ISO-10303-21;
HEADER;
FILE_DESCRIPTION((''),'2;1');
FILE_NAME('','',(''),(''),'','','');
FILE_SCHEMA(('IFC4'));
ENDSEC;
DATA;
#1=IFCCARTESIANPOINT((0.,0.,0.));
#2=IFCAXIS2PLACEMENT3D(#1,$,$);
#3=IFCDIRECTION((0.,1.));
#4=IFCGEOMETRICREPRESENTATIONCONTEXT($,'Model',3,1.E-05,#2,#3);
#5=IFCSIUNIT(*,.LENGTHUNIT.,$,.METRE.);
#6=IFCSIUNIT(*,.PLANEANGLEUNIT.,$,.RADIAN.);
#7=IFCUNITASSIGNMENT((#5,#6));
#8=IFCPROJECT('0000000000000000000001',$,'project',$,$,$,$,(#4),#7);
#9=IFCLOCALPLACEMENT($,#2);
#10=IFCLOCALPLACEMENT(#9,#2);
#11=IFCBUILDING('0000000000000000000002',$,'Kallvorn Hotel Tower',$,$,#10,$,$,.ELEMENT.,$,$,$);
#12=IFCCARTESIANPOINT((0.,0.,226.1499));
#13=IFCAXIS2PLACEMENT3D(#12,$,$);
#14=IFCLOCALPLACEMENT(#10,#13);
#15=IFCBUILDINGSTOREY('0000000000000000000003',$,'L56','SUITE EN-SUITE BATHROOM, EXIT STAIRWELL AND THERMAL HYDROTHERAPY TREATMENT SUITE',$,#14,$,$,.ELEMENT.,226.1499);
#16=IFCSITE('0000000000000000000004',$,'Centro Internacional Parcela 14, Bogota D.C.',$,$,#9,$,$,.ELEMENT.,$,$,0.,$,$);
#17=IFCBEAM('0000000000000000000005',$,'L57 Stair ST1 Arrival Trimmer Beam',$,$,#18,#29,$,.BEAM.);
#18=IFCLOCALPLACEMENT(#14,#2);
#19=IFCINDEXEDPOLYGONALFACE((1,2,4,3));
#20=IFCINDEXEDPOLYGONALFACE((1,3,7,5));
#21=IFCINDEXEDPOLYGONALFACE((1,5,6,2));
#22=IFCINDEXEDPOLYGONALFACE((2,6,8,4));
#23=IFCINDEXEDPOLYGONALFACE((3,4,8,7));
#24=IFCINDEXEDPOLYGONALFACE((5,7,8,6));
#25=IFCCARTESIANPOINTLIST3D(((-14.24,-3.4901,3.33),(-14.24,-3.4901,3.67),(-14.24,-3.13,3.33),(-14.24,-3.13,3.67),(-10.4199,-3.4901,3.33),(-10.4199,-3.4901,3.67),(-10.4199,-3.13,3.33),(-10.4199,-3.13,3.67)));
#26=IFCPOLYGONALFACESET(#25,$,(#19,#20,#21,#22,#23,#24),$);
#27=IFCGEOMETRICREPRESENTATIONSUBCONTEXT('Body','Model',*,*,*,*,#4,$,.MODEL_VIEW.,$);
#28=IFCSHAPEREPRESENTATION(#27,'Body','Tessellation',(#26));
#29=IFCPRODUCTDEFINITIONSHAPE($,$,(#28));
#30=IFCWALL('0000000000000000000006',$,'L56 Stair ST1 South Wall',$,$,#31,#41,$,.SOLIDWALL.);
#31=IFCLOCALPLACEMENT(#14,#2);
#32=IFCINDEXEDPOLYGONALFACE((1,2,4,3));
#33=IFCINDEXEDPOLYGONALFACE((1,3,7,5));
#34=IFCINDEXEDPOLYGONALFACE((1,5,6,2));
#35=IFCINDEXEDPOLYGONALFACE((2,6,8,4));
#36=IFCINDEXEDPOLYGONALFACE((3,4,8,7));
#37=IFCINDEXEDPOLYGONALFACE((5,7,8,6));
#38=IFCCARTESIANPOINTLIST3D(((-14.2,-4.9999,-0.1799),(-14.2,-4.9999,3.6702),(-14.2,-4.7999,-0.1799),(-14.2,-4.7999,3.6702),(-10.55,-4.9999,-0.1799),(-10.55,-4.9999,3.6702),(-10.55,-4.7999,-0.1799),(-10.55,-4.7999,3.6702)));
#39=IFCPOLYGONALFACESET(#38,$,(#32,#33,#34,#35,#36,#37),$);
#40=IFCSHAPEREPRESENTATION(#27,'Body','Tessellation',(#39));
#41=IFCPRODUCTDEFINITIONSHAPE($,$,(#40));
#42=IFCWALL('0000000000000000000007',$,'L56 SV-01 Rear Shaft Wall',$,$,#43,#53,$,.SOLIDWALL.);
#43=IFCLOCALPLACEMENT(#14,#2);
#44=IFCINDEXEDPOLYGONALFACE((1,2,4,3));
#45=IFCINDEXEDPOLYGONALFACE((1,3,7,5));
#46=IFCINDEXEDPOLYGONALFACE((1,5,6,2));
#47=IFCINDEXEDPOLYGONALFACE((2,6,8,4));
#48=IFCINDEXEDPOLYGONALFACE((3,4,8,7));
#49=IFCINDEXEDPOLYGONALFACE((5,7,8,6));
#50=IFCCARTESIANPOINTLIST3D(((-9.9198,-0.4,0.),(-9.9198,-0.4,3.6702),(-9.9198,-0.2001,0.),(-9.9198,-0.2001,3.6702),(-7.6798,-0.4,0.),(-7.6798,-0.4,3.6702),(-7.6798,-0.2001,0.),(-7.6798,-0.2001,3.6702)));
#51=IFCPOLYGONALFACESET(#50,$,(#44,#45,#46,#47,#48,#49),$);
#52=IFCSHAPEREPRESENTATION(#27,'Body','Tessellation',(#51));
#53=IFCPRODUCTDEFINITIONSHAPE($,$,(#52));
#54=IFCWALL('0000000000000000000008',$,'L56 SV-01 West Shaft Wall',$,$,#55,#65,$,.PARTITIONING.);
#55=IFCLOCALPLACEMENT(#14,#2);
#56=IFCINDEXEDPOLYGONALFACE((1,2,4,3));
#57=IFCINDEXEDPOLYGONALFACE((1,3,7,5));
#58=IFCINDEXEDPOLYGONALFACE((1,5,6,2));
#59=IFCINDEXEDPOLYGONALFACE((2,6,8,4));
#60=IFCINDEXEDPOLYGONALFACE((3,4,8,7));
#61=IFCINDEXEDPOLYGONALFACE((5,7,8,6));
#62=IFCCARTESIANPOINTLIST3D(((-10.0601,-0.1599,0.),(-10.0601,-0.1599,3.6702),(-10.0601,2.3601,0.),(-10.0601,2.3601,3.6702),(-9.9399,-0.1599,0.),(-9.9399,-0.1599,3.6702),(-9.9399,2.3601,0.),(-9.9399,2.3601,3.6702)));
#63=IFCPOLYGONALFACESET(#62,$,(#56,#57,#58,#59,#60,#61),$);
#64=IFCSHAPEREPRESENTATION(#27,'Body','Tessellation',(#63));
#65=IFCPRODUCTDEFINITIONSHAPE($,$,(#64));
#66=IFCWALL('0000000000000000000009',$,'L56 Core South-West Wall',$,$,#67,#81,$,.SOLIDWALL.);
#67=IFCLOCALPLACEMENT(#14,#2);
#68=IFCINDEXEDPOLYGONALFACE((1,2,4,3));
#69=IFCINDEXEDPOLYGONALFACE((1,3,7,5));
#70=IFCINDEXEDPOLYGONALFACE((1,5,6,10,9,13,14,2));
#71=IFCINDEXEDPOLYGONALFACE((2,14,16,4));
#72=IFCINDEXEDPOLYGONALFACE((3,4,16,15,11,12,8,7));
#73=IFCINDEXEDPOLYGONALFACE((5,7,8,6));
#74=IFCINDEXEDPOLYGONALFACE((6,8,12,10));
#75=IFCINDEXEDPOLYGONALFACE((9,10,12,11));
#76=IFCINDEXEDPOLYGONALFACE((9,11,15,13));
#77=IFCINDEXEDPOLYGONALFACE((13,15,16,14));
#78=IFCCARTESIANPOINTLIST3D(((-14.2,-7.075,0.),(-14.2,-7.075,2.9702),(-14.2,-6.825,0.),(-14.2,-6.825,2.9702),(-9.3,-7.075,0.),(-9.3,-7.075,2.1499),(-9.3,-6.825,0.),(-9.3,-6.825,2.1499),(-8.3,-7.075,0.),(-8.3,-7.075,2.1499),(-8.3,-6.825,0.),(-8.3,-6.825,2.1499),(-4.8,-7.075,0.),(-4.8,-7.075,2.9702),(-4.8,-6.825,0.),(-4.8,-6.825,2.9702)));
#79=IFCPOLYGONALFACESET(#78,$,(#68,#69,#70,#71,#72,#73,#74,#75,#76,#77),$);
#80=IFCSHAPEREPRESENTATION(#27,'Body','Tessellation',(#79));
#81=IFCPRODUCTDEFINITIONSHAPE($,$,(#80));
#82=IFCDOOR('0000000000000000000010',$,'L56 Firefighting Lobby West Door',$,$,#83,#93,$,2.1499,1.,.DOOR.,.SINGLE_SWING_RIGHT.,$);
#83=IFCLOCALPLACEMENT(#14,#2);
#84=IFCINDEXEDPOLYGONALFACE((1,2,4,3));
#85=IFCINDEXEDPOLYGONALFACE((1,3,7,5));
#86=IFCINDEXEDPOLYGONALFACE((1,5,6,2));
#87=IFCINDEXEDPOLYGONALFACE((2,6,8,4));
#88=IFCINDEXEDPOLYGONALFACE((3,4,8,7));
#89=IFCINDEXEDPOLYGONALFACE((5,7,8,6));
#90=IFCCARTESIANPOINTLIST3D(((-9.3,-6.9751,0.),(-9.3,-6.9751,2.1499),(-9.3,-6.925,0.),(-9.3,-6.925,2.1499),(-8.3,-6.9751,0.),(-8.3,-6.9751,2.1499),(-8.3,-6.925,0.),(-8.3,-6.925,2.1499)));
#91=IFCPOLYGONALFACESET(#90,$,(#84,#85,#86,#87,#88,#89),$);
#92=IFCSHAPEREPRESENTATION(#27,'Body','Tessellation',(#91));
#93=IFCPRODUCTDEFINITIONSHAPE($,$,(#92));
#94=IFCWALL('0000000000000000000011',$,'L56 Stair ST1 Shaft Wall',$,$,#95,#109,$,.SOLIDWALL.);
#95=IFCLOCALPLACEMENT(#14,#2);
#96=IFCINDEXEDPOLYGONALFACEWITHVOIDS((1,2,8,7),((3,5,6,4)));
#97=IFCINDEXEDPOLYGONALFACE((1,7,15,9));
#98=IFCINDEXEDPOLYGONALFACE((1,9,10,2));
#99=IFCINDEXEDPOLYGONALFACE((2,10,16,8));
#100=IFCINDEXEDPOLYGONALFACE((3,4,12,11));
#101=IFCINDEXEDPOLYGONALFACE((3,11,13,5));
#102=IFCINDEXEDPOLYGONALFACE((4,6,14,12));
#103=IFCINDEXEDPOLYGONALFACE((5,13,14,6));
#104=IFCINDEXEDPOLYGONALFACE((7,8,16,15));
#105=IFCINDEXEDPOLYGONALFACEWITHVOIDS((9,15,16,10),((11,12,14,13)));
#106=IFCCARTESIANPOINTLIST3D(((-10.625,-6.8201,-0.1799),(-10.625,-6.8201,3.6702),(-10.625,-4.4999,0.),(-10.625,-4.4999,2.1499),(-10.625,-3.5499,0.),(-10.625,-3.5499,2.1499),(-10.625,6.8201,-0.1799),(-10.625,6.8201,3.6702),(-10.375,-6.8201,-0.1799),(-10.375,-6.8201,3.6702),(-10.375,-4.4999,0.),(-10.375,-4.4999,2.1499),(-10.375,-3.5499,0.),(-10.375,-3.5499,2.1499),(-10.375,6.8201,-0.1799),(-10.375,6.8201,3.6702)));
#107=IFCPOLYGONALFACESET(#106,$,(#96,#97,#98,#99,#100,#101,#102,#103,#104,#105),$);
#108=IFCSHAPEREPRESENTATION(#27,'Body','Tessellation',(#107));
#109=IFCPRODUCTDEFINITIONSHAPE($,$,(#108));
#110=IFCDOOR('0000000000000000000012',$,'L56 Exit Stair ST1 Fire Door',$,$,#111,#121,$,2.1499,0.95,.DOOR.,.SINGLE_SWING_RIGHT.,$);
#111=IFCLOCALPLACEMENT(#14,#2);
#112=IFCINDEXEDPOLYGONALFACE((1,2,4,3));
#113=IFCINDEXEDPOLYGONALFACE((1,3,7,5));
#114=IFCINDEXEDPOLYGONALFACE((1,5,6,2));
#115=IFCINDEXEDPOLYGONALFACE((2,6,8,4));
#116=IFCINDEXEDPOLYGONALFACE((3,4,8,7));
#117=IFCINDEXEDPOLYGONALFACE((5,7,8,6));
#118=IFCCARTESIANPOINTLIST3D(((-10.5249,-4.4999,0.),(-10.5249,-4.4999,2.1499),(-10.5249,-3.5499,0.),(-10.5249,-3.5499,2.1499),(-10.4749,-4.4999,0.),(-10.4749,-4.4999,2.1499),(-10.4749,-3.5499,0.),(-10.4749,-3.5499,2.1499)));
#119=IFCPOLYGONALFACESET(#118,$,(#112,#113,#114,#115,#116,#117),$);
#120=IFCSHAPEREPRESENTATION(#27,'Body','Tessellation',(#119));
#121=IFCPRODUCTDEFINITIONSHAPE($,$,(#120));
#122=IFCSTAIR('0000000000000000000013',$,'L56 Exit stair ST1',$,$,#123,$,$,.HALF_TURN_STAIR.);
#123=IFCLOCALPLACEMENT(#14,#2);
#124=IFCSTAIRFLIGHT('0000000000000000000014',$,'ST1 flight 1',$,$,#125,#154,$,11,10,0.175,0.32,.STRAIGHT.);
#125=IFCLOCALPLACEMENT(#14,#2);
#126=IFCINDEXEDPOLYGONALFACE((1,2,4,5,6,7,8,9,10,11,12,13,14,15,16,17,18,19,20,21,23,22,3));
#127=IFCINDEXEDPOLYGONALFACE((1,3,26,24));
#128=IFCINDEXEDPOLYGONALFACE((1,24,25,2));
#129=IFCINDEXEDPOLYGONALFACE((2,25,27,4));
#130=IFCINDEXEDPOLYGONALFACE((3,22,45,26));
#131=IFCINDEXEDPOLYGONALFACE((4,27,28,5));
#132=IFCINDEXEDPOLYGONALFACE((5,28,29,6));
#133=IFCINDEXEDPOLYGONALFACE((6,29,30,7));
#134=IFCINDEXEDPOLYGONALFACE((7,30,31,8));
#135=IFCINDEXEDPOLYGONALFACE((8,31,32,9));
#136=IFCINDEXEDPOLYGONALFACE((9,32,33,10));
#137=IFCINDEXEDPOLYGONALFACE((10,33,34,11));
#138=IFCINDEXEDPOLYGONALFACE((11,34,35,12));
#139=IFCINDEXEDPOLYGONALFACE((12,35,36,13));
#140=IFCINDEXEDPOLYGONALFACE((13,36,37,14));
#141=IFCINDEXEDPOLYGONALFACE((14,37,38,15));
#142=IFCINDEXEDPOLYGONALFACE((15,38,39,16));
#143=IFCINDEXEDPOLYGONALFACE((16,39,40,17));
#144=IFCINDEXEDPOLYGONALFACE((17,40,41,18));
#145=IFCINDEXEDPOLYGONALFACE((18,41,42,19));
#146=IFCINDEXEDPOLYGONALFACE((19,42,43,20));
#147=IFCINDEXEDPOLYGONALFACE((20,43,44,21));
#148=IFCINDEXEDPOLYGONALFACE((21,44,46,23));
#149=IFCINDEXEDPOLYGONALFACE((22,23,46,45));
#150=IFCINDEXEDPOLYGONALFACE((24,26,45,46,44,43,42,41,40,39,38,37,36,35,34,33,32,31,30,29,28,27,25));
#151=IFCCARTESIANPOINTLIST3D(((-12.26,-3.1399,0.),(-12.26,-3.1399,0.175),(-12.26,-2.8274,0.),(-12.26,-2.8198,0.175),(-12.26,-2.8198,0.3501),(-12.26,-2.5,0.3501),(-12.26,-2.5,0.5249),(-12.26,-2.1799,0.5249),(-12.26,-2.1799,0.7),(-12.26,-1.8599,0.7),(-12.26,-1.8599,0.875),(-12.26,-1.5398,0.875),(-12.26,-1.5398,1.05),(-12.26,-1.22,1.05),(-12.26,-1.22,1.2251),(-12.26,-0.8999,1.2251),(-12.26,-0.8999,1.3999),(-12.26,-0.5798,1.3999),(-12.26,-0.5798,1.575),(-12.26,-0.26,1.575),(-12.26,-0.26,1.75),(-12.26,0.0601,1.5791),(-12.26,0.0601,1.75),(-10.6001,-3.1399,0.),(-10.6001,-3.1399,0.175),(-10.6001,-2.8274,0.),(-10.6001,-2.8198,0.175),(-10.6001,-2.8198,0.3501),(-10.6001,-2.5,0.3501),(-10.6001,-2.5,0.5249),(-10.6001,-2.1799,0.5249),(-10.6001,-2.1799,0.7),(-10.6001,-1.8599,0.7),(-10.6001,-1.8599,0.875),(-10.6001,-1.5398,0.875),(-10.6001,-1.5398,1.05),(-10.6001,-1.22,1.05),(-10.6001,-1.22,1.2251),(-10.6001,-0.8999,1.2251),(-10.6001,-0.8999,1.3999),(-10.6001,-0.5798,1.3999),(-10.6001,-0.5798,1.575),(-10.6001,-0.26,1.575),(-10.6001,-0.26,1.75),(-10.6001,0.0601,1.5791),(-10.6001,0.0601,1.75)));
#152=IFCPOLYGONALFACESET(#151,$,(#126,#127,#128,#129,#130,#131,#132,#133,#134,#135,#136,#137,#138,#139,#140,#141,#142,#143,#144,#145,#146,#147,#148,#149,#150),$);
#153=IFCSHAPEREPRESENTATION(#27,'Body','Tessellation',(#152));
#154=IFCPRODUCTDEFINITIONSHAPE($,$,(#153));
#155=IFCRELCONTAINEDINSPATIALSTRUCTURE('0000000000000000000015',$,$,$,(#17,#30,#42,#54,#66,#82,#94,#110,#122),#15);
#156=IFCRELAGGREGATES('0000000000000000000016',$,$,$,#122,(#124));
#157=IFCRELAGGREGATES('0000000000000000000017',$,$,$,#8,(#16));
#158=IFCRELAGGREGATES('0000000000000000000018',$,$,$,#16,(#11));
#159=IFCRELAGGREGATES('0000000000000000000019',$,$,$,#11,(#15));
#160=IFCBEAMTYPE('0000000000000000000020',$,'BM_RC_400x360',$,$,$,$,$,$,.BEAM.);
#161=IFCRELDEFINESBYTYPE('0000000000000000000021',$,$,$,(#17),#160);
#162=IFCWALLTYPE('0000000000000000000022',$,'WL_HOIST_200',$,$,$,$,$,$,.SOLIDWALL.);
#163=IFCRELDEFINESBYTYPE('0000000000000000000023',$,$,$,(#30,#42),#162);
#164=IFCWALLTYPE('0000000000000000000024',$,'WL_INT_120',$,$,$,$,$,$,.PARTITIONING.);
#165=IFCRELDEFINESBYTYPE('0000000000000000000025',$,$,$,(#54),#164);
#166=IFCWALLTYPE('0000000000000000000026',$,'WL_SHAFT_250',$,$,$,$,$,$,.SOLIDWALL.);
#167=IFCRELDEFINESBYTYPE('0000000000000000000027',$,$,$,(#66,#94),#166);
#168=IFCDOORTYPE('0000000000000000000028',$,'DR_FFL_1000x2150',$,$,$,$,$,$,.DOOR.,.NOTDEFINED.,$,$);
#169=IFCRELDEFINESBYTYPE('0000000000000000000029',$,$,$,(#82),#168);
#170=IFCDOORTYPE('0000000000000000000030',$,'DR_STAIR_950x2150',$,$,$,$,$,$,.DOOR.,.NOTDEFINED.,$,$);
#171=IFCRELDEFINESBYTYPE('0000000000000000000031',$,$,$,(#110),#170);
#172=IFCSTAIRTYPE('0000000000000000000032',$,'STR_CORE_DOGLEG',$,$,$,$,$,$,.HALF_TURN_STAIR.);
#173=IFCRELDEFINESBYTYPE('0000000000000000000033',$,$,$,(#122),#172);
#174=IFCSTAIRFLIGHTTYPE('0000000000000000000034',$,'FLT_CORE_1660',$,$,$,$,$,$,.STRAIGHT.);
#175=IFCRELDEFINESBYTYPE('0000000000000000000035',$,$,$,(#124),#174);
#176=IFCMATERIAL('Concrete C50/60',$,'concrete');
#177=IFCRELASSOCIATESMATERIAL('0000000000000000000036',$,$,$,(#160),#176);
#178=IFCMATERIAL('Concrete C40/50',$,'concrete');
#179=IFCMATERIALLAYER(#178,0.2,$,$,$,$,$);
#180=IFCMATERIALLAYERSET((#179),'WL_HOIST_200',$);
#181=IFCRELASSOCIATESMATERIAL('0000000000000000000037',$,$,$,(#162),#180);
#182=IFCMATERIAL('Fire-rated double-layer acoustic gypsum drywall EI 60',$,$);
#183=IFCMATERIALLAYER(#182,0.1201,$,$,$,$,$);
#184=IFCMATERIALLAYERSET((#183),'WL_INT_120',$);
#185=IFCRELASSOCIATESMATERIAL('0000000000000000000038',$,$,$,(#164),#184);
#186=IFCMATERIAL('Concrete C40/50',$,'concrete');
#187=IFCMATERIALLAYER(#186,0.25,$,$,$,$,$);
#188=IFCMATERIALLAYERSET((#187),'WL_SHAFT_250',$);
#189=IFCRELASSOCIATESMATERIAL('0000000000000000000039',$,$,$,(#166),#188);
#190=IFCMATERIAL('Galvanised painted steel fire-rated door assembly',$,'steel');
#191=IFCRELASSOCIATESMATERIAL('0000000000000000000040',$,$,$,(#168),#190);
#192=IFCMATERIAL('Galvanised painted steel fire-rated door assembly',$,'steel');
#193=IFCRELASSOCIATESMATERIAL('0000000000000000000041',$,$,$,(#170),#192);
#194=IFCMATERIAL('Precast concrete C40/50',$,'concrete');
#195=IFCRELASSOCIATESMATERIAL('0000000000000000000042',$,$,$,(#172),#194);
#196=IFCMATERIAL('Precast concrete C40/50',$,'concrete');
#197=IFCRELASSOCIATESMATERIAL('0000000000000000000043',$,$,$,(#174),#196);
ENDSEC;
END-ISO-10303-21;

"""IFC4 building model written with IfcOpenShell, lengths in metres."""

from ifc_helpers import new_model, si_unit, direction, frame, frame_2d, origin, origin_2d, place, context, subcontext, project, spatial, polyline, rectangle, outline, extrude, material, layer, layer_set, material_profile, profile_set, type_object, element, fill, aggregate, save


model = new_model("IFC4")

# Units and contexts
model_context = context("Model", 3, precision=1e-05, world=origin(), true_north=direction((0.0, 1.0)))
body_context = subcontext(model_context, "Body", "Model", "MODEL_VIEW")
ifc_project = project(units=[si_unit("LENGTHUNIT", "METRE"), si_unit("PLANEANGLEUNIT", "RADIAN")], contexts=[model_context])

# Site, building, storey
site_placement = place(None, origin())
site = spatial("IfcSite", under=ifc_project, at=site_placement, Name="Centro Internacional Parcela 14, Bogota D.C.", CompositionType="ELEMENT", RefElevation=0.0)
building_placement = place(site_placement, origin())
building = spatial("IfcBuilding", under=site, at=building_placement, Name="Kallvorn Hotel Tower", CompositionType="ELEMENT")
storey_placement = place(building_placement, frame((0.0, 0.0, 226.1499)))
storey = spatial("IfcBuildingStorey", under=building, at=storey_placement, Name="L56", Description="SUITE EN-SUITE BATHROOM, EXIT STAIRWELL AND THERMAL HYDROTHERAPY TREATMENT SUITE", CompositionType="ELEMENT", Elevation=226.1499)

# Beam
ifc_material_1 = material(Name="Concrete C50/60", Category="concrete")
ifc_material_profile = material_profile(ifc_material_1, rectangle(XDim=0.3601, YDim=0.3401, at=origin_2d()), Name="RC 360x340")
ifc_profile_set = profile_set([ifc_material_profile], Name="Concrete C50/60")
beam_type = type_object("IfcBeamType", Name="BM_RC_400x360", PredefinedType="BEAM", material=ifc_profile_set)
beam_placement = place(storey_placement, frame((-10.4199, -3.3101, 3.5), z_axis=(-1.0, 0.0, 0.0), x_axis=(0.0, -1.0, 0.0)))
element("IfcBeam", 1, at=beam_placement, inside=storey, type_object=beam_type, Name="L57 Stair ST1 Arrival Trimmer Beam", PredefinedType="BEAM", context=body_context, shape_type="SweptSolid", body=[
    extrude(rectangle(XDim=0.3601, YDim=0.3401, at=origin_2d()), origin(), (0.0, 0.0, 1.0), 3.8201),
])

# Walls
ifc_material_2 = material(Name="Concrete C40/50", Category="concrete")
ifc_layer_1 = layer(ifc_material_2, 0.2)
ifc_layer_set_1 = layer_set([ifc_layer_1], Name="WL_HOIST_200")
wall_type_1 = type_object("IfcWallType", Name="WL_HOIST_200", PredefinedType="SOLIDWALL", material=ifc_layer_set_1)
wall_1_placement = place(storey_placement, frame((-14.2, -4.8999, -0.1799), z_axis=(0.0, 0.0, 1.0), x_axis=(1.0, 0.0, 0.0)))
element("IfcWall", 2, at=wall_1_placement, inside=storey, type_object=wall_type_1, Name="L56 Stair ST1 South Wall", PredefinedType="SOLIDWALL", context=body_context, shape_type="SweptSolid", body=[
    extrude(rectangle(XDim=3.6499, YDim=0.2, at=frame_2d((1.825, 0.0))), origin(), (0.0, 0.0, 1.0), 3.8501),
])
wall_2_placement = place(storey_placement, frame((-9.9199, -0.3, 0.0), z_axis=(0.0, 0.0, 1.0), x_axis=(1.0, 0.0, 0.0)))
element("IfcWall", 3, at=wall_2_placement, inside=storey, type_object=wall_type_1, Name="L56 SV-01 Rear Shaft Wall", PredefinedType="SOLIDWALL", context=body_context, shape_type="SweptSolid", body=[
    extrude(rectangle(XDim=2.24, YDim=0.2, at=frame_2d((1.1201, 0.0))), origin(), (0.0, 0.0, 1.0), 3.6702),
])
ifc_material_3 = material(Name="Fire-rated double-layer acoustic gypsum drywall EI 60")
ifc_layer_2 = layer(ifc_material_3, 0.1201)
ifc_layer_set_2 = layer_set([ifc_layer_2], Name="WL_INT_120")
wall_type_2 = type_object("IfcWallType", Name="WL_INT_120", PredefinedType="PARTITIONING", material=ifc_layer_set_2)
wall_3_placement = place(storey_placement, frame((-10.0, -0.1599, 0.0), z_axis=(0.0, 0.0, 1.0), x_axis=(0.0, 1.0, 0.0)))
element("IfcWall", 4, at=wall_3_placement, inside=storey, type_object=wall_type_2, Name="L56 SV-01 West Shaft Wall", PredefinedType="PARTITIONING", context=body_context, shape_type="SweptSolid", body=[
    extrude(rectangle(XDim=2.52, YDim=0.1201, at=frame_2d((1.26, 0.0))), origin(), (0.0, 0.0, 1.0), 3.6702),
])

# Walls, openings, doors
ifc_material_4 = material(Name="Concrete C40/50", Category="concrete")
ifc_layer_3 = layer(ifc_material_4, 0.25)
ifc_layer_set_3 = layer_set([ifc_layer_3], Name="WL_SHAFT_250")
wall_type_3 = type_object("IfcWallType", Name="WL_SHAFT_250", PredefinedType="SOLIDWALL", material=ifc_layer_set_3)
wall_4_placement = place(storey_placement, frame((-14.2, -6.95, 0.0), z_axis=(0.0, 0.0, 1.0), x_axis=(1.0, 0.0, 0.0)))
wall_4 = element("IfcWall", 5, at=wall_4_placement, inside=storey, type_object=wall_type_3, Name="L56 Core South-West Wall", PredefinedType="SOLIDWALL", context=body_context, shape_type="SweptSolid", body=[
    extrude(rectangle(XDim=9.3999, YDim=0.25, at=frame_2d((4.7, 0.0))), origin(), (0.0, 0.0, 1.0), 2.9702),
])
opening_1_placement = place(wall_4_placement, frame((4.8999, 0.0, 0.0)))
opening_1 = element("IfcOpeningElement", 6, at=opening_1_placement, cuts=wall_4, PredefinedType="OPENING", context=body_context, shape_type="SweptSolid", body=[
    extrude(rectangle(XDim=1.0, YDim=2.1499, at=frame_2d((0.5, 1.075))), frame((0.0, 0.1399, 0.0), z_axis=(0.0, -1.0, 0.0), x_axis=(1.0, 0.0, 0.0)), (0.0, 0.0, 1.0), 0.28),
])
ifc_material_5 = material(Name="Galvanised painted steel fire-rated door assembly", Category="steel")
door_type_1 = type_object("IfcDoorType", Name="DR_FFL_1000x2150", OperationType="NOTDEFINED", PredefinedType="DOOR", material=ifc_material_5)
door_1_placement = place(opening_1_placement, origin())
door_1 = element("IfcDoor", 7, at=door_1_placement, inside=storey, type_object=door_type_1, Name="L56 Firefighting Lobby West Door", OperationType="SINGLE_SWING_RIGHT", OverallHeight=2.1499, OverallWidth=1.0, PredefinedType="DOOR", context=body_context, shape_type="SweptSolid", body=[
    extrude(rectangle(XDim=1.0, YDim=2.1499, at=frame_2d((0.5, 1.075))), frame((0.0, 0.0249, 0.0), z_axis=(0.0, -1.0, 0.0), x_axis=(1.0, 0.0, 0.0)), (0.0, 0.0, 1.0), 0.05),
])
fill(opening_1, door_1)
wall_5_placement = place(storey_placement, frame((-10.5, -6.8201, -0.1799), z_axis=(0.0, 0.0, 1.0), x_axis=(0.0, 1.0, 0.0)))
wall_5 = element("IfcWall", 8, at=wall_5_placement, inside=storey, type_object=wall_type_3, Name="L56 Stair ST1 Shaft Wall", PredefinedType="SOLIDWALL", context=body_context, shape_type="SweptSolid", body=[
    extrude(rectangle(XDim=13.6401, YDim=0.25, at=frame_2d((6.8201, 0.0))), origin(), (0.0, 0.0, 1.0), 3.8501),
])
opening_2_placement = place(wall_5_placement, frame((2.3201, 0.0, 0.1799)))
opening_2 = element("IfcOpeningElement", 9, at=opening_2_placement, cuts=wall_5, PredefinedType="OPENING", context=body_context, shape_type="SweptSolid", body=[
    extrude(rectangle(XDim=0.95, YDim=2.1499, at=frame_2d((0.4751, 1.075))), frame((0.0, 0.1399, 0.0), z_axis=(0.0, -1.0, 0.0), x_axis=(1.0, 0.0, 0.0)), (0.0, 0.0, 1.0), 0.28),
])
ifc_material_6 = material(Name="Galvanised painted steel fire-rated door assembly", Category="steel")
door_type_2 = type_object("IfcDoorType", Name="DR_STAIR_950x2150", OperationType="NOTDEFINED", PredefinedType="DOOR", material=ifc_material_6)
door_2_placement = place(opening_2_placement, origin())
door_2 = element("IfcDoor", 10, at=door_2_placement, inside=storey, type_object=door_type_2, Name="L56 Exit Stair ST1 Fire Door", OperationType="SINGLE_SWING_RIGHT", OverallHeight=2.1499, OverallWidth=0.95, PredefinedType="DOOR", context=body_context, shape_type="SweptSolid", body=[
    extrude(rectangle(XDim=0.95, YDim=2.1499, at=frame_2d((0.4751, 1.075))), frame((0.0, 0.0249, 0.0), z_axis=(0.0, -1.0, 0.0), x_axis=(1.0, 0.0, 0.0)), (0.0, 0.0, 1.0), 0.05),
])
fill(opening_2, door_2)

# Stair, stair flight
ifc_material_7 = material(Name="Precast concrete C40/50", Category="concrete")
stair_type = type_object("IfcStairType", Name="STR_CORE_DOGLEG", PredefinedType="HALF_TURN_STAIR", material=ifc_material_7)
stair_placement = place(storey_placement, origin())
stair = element("IfcStair", 11, at=stair_placement, inside=storey, type_object=stair_type, Name="L56 Exit stair ST1", PredefinedType="HALF_TURN_STAIR")
ifc_material_8 = material(Name="Precast concrete C40/50", Category="concrete")
stair_flight_type = type_object("IfcStairFlightType", Name="FLT_CORE_1660", PredefinedType="STRAIGHT", material=ifc_material_8)
stair_flight_1_placement = place(storey_placement, frame((-11.4299, -3.1399, 0.0), z_axis=(0.0, 0.0, 1.0), x_axis=(0.0, 1.0, 0.0)))
stair_flight_1 = element("IfcStairFlight", 12, at=stair_flight_1_placement, type_object=stair_flight_type, Name="ST1 flight 1", NumberOfRisers=11, NumberOfTreads=10, PredefinedType="STRAIGHT", RiserHeight=0.175, TreadLength=0.32, context=body_context, shape_type="SweptSolid", body=[
    extrude(outline(polyline([(0.0, 0.0), (0.0, 0.175), (0.3201, 0.175), (0.3201, 0.3501), (0.6399, 0.3501), (0.6399, 0.5249), (0.96, 0.5249), (0.96, 0.7), (1.28, 0.7), (1.28, 0.875), (1.6001, 0.875), (1.6001, 1.05), (1.9199, 1.05), (1.9199, 1.2251), (2.24, 1.2251), (2.24, 1.3999), (2.5601, 1.3999), (2.5601, 1.575), (2.8799, 1.575), (2.8799, 1.75), (3.2, 1.75), (3.2, 1.925), (3.2, 1.5791), (0.3125, 0.0), (0.0, 0.0)])), frame((0.0, 0.8301, 0.0), z_axis=(0.0, -1.0, 0.0), x_axis=(1.0, 0.0, 0.0)), (0.0, 0.0, 1.0), 1.6599),
])
aggregate(stair, [stair_flight_1])

save(model, "model.ifc")
